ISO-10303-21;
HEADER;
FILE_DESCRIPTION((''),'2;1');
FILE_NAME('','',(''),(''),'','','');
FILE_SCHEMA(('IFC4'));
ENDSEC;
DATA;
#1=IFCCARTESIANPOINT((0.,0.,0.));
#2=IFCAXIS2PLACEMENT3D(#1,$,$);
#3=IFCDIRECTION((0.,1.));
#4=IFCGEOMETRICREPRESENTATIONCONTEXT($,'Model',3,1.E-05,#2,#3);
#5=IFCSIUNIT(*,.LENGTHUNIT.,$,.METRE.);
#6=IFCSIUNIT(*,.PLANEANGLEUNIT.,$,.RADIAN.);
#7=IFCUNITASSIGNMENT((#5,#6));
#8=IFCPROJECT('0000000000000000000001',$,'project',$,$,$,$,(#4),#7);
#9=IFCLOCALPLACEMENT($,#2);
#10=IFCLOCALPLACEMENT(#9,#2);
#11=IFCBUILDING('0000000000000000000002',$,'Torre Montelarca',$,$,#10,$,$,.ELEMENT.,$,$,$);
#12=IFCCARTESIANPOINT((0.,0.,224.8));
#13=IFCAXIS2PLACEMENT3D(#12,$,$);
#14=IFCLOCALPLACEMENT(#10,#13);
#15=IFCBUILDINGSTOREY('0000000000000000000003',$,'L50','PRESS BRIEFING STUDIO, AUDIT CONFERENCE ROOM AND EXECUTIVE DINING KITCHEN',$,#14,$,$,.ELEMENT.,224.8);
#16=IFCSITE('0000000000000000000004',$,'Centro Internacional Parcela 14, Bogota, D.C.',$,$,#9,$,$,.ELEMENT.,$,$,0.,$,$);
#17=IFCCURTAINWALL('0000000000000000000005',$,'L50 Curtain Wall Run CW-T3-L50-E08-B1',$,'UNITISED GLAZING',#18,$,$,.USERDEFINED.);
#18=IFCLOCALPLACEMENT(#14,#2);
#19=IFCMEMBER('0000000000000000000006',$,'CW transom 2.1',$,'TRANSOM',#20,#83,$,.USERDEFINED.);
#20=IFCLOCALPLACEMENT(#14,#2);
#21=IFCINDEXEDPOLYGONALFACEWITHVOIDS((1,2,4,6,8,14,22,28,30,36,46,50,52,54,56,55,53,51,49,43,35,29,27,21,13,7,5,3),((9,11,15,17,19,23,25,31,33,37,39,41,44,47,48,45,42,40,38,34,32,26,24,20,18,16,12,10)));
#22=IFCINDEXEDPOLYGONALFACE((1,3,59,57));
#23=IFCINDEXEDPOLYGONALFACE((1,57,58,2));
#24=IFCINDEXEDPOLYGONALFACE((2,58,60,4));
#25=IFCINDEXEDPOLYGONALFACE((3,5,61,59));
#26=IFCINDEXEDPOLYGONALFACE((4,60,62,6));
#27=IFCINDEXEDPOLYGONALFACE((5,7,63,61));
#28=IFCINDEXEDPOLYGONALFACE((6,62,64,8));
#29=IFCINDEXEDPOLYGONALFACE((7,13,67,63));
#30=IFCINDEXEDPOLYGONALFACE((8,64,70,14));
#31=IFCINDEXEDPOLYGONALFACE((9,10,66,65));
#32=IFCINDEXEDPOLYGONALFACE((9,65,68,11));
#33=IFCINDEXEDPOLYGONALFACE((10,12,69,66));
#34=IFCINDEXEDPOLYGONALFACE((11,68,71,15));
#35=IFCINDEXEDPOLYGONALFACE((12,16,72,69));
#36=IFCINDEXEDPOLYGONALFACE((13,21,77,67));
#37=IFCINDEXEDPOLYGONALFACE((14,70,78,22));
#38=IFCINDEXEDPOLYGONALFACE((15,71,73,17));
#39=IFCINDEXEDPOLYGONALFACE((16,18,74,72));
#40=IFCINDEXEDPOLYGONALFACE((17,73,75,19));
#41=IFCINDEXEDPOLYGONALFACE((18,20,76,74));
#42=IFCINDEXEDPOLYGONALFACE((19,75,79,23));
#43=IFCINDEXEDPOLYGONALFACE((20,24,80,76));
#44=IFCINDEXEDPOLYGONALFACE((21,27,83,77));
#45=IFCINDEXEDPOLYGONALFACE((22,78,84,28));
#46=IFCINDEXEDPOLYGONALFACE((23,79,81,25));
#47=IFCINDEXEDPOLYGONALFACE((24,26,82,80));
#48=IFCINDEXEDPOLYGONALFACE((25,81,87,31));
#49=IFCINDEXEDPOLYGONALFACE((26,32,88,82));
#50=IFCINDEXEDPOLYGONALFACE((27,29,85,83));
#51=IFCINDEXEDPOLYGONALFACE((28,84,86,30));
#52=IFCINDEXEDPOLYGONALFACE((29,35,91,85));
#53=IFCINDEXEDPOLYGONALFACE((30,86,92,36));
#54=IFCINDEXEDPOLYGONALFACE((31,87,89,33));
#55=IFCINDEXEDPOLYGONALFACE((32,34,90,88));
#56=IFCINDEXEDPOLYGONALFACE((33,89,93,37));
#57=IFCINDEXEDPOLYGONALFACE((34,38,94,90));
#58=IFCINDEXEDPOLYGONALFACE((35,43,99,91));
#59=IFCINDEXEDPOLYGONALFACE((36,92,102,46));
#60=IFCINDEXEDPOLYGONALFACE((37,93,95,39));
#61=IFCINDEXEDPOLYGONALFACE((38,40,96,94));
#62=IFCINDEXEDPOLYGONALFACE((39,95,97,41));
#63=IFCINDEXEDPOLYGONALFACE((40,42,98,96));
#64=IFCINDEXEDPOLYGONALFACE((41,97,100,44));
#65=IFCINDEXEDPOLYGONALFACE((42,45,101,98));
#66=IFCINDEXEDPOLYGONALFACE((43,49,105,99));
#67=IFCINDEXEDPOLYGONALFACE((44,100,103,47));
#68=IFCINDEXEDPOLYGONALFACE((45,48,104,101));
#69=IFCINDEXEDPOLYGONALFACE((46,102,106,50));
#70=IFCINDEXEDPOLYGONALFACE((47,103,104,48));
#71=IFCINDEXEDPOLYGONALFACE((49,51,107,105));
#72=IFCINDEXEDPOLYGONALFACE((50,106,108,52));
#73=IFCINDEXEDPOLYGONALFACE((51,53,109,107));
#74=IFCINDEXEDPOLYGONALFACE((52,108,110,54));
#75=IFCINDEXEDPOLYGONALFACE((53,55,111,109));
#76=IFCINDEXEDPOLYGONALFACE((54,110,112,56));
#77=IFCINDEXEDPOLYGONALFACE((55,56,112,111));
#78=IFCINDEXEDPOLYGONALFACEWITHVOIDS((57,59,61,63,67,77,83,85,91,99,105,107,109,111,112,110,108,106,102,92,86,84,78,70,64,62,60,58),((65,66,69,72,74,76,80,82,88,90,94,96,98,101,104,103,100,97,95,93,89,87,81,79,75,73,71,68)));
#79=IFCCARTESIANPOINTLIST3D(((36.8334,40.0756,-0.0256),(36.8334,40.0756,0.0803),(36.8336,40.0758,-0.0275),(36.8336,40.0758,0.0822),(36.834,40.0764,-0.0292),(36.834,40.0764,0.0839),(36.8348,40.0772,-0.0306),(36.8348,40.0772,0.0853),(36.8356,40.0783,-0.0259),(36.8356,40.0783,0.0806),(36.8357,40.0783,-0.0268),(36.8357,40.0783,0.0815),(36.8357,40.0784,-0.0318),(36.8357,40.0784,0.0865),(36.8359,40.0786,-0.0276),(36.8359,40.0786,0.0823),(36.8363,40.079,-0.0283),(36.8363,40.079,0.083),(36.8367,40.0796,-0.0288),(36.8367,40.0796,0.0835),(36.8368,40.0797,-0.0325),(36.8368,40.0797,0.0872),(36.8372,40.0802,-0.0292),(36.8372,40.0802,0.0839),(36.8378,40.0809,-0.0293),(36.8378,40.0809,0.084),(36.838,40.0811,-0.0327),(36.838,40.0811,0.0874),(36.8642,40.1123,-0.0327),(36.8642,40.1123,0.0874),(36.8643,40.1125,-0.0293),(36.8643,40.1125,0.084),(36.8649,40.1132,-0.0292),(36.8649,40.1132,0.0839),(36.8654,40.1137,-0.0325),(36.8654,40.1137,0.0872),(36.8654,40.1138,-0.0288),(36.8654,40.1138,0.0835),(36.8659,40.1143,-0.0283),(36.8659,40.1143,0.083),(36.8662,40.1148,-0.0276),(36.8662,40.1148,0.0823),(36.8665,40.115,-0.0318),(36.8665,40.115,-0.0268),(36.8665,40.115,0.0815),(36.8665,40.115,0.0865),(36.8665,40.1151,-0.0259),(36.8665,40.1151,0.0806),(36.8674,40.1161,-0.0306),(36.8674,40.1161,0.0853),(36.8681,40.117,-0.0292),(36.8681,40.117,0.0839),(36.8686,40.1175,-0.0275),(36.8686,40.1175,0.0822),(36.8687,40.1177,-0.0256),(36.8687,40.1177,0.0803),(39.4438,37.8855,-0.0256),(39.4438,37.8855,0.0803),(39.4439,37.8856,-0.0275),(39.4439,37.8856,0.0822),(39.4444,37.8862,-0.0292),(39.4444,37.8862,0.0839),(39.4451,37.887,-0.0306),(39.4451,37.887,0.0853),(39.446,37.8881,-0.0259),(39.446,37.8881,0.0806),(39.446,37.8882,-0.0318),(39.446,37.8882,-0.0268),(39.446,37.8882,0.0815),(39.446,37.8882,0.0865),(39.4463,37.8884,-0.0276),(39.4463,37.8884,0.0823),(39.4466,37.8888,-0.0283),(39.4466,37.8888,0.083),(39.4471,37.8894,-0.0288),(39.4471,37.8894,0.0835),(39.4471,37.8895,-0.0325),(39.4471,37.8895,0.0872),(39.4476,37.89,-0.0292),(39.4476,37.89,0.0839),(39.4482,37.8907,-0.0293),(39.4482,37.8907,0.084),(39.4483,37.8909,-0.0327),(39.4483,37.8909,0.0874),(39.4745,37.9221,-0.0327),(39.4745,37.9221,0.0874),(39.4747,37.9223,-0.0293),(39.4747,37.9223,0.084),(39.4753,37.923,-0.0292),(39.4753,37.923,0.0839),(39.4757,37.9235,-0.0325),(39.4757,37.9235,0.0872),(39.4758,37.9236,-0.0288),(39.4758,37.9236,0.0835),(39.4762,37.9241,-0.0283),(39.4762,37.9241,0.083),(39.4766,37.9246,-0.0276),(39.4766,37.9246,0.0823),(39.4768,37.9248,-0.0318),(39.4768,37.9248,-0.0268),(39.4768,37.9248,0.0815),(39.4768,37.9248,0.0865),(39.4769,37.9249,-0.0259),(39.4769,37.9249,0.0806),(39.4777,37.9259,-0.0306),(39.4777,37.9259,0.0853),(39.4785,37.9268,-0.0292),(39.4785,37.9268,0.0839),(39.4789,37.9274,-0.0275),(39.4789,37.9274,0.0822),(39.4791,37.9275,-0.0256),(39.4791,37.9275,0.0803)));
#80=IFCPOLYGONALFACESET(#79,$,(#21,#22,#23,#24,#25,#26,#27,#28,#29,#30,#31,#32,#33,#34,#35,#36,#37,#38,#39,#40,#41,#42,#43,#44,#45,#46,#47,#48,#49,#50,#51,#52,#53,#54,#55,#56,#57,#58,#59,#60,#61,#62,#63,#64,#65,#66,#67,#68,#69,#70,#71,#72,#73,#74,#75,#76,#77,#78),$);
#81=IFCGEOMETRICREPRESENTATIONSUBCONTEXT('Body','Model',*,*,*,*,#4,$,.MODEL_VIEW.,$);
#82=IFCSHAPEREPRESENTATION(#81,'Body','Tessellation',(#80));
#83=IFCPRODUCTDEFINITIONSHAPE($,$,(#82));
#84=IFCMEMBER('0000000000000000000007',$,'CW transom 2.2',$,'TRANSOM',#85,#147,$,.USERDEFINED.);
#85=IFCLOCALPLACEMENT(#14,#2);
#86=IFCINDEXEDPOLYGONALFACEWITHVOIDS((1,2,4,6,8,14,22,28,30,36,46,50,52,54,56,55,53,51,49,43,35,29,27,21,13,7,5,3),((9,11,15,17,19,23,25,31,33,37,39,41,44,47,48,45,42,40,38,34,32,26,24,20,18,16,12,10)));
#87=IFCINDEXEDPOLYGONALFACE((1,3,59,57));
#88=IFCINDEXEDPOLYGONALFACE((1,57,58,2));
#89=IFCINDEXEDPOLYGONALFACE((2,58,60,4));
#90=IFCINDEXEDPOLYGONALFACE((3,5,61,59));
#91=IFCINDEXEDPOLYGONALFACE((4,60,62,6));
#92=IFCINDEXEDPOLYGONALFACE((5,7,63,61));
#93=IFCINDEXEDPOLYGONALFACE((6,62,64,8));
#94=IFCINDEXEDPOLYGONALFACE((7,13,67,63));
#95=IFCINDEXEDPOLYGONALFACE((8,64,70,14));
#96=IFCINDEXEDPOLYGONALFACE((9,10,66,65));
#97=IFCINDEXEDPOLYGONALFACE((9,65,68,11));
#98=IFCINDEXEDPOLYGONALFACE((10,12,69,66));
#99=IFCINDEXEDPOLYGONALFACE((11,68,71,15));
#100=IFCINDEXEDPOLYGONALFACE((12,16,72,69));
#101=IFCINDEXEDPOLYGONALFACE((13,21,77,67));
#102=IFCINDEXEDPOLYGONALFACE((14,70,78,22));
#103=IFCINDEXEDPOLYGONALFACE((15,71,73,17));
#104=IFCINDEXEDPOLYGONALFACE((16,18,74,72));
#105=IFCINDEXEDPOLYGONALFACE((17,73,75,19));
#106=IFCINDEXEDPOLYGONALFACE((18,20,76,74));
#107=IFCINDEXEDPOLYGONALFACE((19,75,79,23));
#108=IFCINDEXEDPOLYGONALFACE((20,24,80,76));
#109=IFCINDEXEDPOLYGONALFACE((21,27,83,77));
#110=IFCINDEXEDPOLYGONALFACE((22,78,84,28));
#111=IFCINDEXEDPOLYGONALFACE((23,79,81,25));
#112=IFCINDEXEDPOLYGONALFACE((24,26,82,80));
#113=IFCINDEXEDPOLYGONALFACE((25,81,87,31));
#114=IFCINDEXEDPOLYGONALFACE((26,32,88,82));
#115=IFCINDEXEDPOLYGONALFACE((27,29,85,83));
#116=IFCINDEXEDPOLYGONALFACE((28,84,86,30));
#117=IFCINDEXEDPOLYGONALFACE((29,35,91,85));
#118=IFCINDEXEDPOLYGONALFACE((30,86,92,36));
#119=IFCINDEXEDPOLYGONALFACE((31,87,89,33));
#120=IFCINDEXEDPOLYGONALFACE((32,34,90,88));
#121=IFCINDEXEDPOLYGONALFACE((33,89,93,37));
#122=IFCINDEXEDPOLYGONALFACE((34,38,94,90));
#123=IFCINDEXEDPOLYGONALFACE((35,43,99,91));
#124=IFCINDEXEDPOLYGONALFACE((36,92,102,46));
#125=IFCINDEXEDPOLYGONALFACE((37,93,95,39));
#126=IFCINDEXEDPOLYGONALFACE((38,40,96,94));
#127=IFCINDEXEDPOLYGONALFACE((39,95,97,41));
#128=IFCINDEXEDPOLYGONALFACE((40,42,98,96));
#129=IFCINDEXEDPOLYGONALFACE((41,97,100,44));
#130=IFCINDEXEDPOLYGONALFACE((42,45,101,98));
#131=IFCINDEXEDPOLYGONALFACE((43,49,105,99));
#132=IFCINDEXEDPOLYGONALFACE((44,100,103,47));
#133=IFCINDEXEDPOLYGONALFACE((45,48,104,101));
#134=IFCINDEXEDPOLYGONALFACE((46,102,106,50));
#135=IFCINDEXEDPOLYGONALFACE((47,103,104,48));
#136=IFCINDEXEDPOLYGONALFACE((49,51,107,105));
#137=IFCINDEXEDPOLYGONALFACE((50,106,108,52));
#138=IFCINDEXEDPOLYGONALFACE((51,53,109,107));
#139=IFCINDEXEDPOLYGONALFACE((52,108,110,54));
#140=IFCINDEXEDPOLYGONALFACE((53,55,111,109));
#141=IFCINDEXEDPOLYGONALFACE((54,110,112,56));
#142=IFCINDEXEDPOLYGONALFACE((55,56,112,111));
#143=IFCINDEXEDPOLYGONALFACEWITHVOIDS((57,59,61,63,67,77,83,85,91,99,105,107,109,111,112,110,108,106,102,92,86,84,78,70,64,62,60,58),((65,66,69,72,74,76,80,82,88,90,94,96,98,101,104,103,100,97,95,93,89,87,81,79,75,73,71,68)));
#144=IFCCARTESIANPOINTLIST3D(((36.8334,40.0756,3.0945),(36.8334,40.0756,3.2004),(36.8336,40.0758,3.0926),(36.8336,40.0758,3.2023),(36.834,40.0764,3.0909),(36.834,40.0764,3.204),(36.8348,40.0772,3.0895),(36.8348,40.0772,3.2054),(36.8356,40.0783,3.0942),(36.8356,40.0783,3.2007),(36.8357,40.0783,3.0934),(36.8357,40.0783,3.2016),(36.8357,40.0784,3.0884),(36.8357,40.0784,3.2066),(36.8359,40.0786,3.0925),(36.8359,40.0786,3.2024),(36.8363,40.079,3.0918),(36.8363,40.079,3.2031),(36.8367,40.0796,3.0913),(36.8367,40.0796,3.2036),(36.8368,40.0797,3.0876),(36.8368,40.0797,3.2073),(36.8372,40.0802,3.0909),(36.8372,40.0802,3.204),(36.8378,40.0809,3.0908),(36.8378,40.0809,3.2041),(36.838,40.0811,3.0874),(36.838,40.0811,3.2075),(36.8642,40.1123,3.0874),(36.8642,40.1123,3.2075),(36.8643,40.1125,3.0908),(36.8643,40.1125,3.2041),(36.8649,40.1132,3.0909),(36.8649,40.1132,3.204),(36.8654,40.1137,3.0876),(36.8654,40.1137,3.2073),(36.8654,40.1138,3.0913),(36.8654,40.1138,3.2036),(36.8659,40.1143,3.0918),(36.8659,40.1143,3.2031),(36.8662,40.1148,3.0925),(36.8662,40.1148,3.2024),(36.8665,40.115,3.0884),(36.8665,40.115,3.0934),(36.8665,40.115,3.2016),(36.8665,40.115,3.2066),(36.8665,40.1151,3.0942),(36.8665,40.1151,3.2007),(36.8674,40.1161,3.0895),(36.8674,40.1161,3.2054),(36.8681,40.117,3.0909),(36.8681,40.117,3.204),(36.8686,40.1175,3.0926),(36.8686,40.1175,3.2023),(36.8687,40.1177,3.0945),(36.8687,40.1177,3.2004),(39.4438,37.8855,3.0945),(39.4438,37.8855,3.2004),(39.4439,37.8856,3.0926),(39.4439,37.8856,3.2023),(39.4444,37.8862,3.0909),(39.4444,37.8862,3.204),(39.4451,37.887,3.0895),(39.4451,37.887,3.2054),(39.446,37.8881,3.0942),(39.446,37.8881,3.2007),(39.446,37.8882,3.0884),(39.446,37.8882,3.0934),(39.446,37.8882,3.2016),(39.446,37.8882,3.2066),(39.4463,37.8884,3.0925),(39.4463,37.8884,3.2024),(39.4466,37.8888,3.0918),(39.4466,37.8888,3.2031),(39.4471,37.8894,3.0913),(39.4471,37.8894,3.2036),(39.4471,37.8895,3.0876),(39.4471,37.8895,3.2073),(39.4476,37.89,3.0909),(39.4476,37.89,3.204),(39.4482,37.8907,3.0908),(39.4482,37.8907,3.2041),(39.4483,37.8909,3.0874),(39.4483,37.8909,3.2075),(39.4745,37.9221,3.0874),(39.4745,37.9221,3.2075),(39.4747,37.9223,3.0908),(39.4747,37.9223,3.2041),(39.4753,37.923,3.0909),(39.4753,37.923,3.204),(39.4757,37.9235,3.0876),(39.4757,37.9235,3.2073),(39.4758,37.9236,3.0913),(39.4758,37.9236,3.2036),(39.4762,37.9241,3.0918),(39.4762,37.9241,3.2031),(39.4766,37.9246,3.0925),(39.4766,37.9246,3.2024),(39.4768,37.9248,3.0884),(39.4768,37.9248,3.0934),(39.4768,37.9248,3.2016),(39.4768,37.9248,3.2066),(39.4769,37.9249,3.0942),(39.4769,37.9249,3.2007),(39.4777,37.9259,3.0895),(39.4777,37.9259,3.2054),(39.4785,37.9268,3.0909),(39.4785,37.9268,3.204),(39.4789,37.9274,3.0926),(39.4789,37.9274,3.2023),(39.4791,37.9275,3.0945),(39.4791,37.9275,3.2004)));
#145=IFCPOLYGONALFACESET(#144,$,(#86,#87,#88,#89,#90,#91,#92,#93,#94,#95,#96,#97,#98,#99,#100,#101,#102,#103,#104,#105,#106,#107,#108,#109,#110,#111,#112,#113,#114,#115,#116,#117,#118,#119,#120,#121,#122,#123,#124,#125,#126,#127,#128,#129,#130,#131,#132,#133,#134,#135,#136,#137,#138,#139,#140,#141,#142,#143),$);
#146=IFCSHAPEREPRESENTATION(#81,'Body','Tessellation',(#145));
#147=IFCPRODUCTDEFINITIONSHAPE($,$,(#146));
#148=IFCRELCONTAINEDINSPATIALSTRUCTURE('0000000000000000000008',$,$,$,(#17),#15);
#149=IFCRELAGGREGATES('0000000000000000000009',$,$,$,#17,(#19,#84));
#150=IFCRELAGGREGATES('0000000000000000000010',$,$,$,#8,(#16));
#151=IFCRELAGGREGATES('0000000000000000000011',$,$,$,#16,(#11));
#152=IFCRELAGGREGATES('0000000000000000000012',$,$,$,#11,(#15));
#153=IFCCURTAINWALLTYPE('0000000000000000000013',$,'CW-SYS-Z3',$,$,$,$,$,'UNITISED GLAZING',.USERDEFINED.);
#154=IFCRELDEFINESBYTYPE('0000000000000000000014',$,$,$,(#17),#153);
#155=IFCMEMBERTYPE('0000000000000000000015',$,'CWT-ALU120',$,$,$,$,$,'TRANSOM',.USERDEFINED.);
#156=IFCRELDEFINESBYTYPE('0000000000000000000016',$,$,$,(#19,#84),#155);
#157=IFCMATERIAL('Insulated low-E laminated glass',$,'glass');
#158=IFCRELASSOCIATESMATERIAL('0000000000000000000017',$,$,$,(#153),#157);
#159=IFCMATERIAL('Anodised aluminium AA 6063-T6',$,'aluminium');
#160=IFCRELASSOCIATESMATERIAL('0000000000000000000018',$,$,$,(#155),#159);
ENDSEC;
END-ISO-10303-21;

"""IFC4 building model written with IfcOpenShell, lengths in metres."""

from ifc_helpers import new_model, si_unit, direction, frame, origin, origin_2d, place, context, subcontext, project, spatial, hollow_rectangle, extrude, source, transform, mapped, material, material_profile, profile_set, type_object, element, aggregate, save


model = new_model("IFC4")

# Units and contexts
model_context = context("Model", 3, precision=1e-05, world=origin(), true_north=direction((0.0, 1.0)))
body_context = subcontext(model_context, "Body", "Model", "MODEL_VIEW")
ifc_project = project(units=[si_unit("LENGTHUNIT", "METRE"), si_unit("PLANEANGLEUNIT", "RADIAN")], contexts=[model_context])

# Site, building, storey
site_placement = place(None, origin())
site = spatial("IfcSite", under=ifc_project, at=site_placement, Name="Centro Internacional Parcela 14, Bogota, D.C.", CompositionType="ELEMENT", RefElevation=0.0)
building_placement = place(site_placement, origin())
building = spatial("IfcBuilding", under=site, at=building_placement, Name="Torre Montelarca", CompositionType="ELEMENT")
storey_placement = place(building_placement, frame((0.0, 0.0, 224.8)))
storey = spatial("IfcBuildingStorey", under=building, at=storey_placement, Name="L50", Description="PRESS BRIEFING STUDIO, AUDIT CONFERENCE ROOM AND EXECUTIVE DINING KITCHEN", CompositionType="ELEMENT", Elevation=224.8)

# Curtain wall
ifc_material_1 = material(Name="Insulated low-E laminated glass", Category="glass")
curtain_wall_type = type_object("IfcCurtainWallType", Name="CW-SYS-Z3", ElementType="UNITISED GLAZING", PredefinedType="USERDEFINED", material=ifc_material_1)
curtain_wall_1_placement = place(storey_placement, origin())
curtain_wall_1 = element("IfcCurtainWall", 1, at=curtain_wall_1_placement, inside=storey, type_object=curtain_wall_type, Name="L50 Curtain Wall Run CW-T3-L50-E08-B1", ObjectType="UNITISED GLAZING", PredefinedType="USERDEFINED")
ifc_material_2 = material(Name="Anodised aluminium AA 6063-T6", Category="aluminium")
ifc_material_profile_1 = material_profile(ifc_material_2, hollow_rectangle(XDim=0.0549, YDim=0.1201, WallThickness=0.0034, InnerFilletRadius=0.0034, OuterFilletRadius=0.0071, at=origin_2d()), Name="ALU55X120X3.5", Category="aluminium")
ifc_profile_set_1 = profile_set([ifc_material_profile_1], Name="Anodised aluminium AA 6063-T6")
member_type_1 = type_object("IfcMemberType", Name="CWT-ALU120", ElementType="TRANSOM", PredefinedType="USERDEFINED", material=ifc_profile_set_1)

# Members
shared_shape_1 = source(origin(), body_context, "Body", "SweptSolid", [
    extrude(hollow_rectangle(XDim=0.0549, YDim=0.1201, WallThickness=0.0034, InnerFilletRadius=0.0034, OuterFilletRadius=0.0071, at=origin_2d()), origin(), (0.0, 0.0, 1.0), 3.4075),
])
member_1_placement = place(storey_placement, frame((39.4614, 37.9065, 0.0273), z_axis=(-0.766067, 0.64276, 0.0), x_axis=(-0.64276, -0.766067, 0.0)))
member_1 = element("IfcMember", 2, at=member_1_placement, type_object=member_type_1, Name="CW transom 2.1", ObjectType="TRANSOM", PredefinedType="USERDEFINED", context=body_context, shape_type="MappedRepresentation", body=[
    mapped(shared_shape_1, transform((0.0, 0.0, 0.0), scale=1.0)),
])
member_2_placement = place(storey_placement, frame((39.4614, 37.9065, 3.1475), z_axis=(-0.766067, 0.64276, 0.0), x_axis=(-0.64276, -0.766067, 0.0)))
member_2 = element("IfcMember", 3, at=member_2_placement, type_object=member_type_1, Name="CW transom 2.2", ObjectType="TRANSOM", PredefinedType="USERDEFINED", context=body_context, shape_type="MappedRepresentation", body=[
    mapped(shared_shape_1, transform((0.0, 0.0, 0.0), scale=1.0)),
])

aggregate(curtain_wall_1, [member_1, member_2])

save(model, "model.ifc")
